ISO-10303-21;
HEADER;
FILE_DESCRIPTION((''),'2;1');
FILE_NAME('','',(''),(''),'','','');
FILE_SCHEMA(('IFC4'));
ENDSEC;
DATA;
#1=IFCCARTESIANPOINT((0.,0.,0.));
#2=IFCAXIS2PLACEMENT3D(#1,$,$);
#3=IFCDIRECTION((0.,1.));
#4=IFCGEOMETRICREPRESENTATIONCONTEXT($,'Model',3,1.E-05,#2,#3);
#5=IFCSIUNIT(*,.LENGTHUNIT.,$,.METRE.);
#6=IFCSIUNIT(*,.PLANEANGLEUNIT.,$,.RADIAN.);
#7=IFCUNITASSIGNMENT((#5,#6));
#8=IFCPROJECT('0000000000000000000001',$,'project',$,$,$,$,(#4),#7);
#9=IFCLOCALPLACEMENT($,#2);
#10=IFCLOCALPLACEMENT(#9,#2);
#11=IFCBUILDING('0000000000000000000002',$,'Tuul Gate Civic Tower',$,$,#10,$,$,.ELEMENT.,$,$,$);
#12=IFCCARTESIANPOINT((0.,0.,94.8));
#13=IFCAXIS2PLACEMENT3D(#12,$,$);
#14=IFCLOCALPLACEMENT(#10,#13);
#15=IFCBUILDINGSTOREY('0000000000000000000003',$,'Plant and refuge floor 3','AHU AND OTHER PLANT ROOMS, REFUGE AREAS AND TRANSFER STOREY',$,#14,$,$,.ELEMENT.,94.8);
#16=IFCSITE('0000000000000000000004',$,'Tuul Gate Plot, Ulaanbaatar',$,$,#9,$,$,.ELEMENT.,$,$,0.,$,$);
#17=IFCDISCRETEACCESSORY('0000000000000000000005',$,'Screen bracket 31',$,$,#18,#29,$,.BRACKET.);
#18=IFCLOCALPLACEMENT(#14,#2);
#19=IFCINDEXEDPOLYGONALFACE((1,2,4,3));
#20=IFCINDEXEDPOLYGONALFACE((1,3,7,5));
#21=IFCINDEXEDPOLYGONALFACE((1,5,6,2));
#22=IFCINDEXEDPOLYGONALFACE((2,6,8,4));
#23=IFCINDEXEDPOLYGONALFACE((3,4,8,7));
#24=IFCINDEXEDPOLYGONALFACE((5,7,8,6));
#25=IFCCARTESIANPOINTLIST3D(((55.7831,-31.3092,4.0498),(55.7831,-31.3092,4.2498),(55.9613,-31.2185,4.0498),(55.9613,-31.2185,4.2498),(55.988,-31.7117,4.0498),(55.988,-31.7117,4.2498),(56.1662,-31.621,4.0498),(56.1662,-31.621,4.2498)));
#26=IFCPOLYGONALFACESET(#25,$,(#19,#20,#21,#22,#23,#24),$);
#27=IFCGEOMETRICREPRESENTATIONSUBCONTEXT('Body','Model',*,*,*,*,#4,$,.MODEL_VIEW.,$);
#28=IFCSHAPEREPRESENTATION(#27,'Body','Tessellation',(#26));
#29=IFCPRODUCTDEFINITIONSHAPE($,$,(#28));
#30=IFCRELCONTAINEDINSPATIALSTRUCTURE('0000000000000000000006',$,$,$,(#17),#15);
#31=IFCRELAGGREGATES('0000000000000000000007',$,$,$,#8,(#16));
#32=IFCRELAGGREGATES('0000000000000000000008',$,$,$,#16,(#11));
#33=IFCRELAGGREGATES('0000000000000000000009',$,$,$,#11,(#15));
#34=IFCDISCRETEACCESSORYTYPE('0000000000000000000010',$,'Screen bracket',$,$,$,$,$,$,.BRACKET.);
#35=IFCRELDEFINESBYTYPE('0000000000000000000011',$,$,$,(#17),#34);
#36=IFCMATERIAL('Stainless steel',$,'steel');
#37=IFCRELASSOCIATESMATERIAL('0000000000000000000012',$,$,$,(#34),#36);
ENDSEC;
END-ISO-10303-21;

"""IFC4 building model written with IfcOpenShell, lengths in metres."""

from ifc_helpers import new_model, si_unit, direction, frame, origin, origin_2d, place, context, subcontext, project, spatial, rectangle, extrude, material, type_object, element, save


model = new_model("IFC4")

# Units and contexts
model_context = context("Model", 3, precision=1e-05, world=origin(), true_north=direction((0.0, 1.0)))
body_context = subcontext(model_context, "Body", "Model", "MODEL_VIEW")
ifc_project = project(units=[si_unit("LENGTHUNIT", "METRE"), si_unit("PLANEANGLEUNIT", "RADIAN")], contexts=[model_context])

# Site, building, storey
site_placement = place(None, origin())
site = spatial("IfcSite", under=ifc_project, at=site_placement, Name="Tuul Gate Plot, Ulaanbaatar", CompositionType="ELEMENT", RefElevation=0.0)
building_placement = place(site_placement, origin())
building = spatial("IfcBuilding", under=site, at=building_placement, Name="Tuul Gate Civic Tower", CompositionType="ELEMENT")
storey_placement = place(building_placement, frame((0.0, 0.0, 94.8)))
storey = spatial("IfcBuildingStorey", under=building, at=storey_placement, Name="Plant and refuge floor 3", Description="AHU AND OTHER PLANT ROOMS, REFUGE AREAS AND TRANSFER STOREY", CompositionType="ELEMENT", Elevation=94.8)

# Discrete accessory
ifc_material_1 = material(Name="Stainless steel", Category="steel")
discrete_accessory_type = type_object("IfcDiscreteAccessoryType", Name="Screen bracket", PredefinedType="BRACKET", material=ifc_material_1)
discrete_accessory_placement = place(storey_placement, frame((55.9746, -31.4651, 4.0498), z_axis=(0.0, 0.0, 1.0), x_axis=(0.453634, -0.891188, 0.0)))
element("IfcDiscreteAccessory", 1, at=discrete_accessory_placement, inside=storey, type_object=discrete_accessory_type, Name="Screen bracket 31", PredefinedType="BRACKET", context=body_context, shape_type="SweptSolid", body=[
    extrude(rectangle(XDim=0.4517, YDim=0.2, at=origin_2d()), origin(), (0.0, 0.0, 1.0), 0.2),
])

save(model, "model.ifc")
